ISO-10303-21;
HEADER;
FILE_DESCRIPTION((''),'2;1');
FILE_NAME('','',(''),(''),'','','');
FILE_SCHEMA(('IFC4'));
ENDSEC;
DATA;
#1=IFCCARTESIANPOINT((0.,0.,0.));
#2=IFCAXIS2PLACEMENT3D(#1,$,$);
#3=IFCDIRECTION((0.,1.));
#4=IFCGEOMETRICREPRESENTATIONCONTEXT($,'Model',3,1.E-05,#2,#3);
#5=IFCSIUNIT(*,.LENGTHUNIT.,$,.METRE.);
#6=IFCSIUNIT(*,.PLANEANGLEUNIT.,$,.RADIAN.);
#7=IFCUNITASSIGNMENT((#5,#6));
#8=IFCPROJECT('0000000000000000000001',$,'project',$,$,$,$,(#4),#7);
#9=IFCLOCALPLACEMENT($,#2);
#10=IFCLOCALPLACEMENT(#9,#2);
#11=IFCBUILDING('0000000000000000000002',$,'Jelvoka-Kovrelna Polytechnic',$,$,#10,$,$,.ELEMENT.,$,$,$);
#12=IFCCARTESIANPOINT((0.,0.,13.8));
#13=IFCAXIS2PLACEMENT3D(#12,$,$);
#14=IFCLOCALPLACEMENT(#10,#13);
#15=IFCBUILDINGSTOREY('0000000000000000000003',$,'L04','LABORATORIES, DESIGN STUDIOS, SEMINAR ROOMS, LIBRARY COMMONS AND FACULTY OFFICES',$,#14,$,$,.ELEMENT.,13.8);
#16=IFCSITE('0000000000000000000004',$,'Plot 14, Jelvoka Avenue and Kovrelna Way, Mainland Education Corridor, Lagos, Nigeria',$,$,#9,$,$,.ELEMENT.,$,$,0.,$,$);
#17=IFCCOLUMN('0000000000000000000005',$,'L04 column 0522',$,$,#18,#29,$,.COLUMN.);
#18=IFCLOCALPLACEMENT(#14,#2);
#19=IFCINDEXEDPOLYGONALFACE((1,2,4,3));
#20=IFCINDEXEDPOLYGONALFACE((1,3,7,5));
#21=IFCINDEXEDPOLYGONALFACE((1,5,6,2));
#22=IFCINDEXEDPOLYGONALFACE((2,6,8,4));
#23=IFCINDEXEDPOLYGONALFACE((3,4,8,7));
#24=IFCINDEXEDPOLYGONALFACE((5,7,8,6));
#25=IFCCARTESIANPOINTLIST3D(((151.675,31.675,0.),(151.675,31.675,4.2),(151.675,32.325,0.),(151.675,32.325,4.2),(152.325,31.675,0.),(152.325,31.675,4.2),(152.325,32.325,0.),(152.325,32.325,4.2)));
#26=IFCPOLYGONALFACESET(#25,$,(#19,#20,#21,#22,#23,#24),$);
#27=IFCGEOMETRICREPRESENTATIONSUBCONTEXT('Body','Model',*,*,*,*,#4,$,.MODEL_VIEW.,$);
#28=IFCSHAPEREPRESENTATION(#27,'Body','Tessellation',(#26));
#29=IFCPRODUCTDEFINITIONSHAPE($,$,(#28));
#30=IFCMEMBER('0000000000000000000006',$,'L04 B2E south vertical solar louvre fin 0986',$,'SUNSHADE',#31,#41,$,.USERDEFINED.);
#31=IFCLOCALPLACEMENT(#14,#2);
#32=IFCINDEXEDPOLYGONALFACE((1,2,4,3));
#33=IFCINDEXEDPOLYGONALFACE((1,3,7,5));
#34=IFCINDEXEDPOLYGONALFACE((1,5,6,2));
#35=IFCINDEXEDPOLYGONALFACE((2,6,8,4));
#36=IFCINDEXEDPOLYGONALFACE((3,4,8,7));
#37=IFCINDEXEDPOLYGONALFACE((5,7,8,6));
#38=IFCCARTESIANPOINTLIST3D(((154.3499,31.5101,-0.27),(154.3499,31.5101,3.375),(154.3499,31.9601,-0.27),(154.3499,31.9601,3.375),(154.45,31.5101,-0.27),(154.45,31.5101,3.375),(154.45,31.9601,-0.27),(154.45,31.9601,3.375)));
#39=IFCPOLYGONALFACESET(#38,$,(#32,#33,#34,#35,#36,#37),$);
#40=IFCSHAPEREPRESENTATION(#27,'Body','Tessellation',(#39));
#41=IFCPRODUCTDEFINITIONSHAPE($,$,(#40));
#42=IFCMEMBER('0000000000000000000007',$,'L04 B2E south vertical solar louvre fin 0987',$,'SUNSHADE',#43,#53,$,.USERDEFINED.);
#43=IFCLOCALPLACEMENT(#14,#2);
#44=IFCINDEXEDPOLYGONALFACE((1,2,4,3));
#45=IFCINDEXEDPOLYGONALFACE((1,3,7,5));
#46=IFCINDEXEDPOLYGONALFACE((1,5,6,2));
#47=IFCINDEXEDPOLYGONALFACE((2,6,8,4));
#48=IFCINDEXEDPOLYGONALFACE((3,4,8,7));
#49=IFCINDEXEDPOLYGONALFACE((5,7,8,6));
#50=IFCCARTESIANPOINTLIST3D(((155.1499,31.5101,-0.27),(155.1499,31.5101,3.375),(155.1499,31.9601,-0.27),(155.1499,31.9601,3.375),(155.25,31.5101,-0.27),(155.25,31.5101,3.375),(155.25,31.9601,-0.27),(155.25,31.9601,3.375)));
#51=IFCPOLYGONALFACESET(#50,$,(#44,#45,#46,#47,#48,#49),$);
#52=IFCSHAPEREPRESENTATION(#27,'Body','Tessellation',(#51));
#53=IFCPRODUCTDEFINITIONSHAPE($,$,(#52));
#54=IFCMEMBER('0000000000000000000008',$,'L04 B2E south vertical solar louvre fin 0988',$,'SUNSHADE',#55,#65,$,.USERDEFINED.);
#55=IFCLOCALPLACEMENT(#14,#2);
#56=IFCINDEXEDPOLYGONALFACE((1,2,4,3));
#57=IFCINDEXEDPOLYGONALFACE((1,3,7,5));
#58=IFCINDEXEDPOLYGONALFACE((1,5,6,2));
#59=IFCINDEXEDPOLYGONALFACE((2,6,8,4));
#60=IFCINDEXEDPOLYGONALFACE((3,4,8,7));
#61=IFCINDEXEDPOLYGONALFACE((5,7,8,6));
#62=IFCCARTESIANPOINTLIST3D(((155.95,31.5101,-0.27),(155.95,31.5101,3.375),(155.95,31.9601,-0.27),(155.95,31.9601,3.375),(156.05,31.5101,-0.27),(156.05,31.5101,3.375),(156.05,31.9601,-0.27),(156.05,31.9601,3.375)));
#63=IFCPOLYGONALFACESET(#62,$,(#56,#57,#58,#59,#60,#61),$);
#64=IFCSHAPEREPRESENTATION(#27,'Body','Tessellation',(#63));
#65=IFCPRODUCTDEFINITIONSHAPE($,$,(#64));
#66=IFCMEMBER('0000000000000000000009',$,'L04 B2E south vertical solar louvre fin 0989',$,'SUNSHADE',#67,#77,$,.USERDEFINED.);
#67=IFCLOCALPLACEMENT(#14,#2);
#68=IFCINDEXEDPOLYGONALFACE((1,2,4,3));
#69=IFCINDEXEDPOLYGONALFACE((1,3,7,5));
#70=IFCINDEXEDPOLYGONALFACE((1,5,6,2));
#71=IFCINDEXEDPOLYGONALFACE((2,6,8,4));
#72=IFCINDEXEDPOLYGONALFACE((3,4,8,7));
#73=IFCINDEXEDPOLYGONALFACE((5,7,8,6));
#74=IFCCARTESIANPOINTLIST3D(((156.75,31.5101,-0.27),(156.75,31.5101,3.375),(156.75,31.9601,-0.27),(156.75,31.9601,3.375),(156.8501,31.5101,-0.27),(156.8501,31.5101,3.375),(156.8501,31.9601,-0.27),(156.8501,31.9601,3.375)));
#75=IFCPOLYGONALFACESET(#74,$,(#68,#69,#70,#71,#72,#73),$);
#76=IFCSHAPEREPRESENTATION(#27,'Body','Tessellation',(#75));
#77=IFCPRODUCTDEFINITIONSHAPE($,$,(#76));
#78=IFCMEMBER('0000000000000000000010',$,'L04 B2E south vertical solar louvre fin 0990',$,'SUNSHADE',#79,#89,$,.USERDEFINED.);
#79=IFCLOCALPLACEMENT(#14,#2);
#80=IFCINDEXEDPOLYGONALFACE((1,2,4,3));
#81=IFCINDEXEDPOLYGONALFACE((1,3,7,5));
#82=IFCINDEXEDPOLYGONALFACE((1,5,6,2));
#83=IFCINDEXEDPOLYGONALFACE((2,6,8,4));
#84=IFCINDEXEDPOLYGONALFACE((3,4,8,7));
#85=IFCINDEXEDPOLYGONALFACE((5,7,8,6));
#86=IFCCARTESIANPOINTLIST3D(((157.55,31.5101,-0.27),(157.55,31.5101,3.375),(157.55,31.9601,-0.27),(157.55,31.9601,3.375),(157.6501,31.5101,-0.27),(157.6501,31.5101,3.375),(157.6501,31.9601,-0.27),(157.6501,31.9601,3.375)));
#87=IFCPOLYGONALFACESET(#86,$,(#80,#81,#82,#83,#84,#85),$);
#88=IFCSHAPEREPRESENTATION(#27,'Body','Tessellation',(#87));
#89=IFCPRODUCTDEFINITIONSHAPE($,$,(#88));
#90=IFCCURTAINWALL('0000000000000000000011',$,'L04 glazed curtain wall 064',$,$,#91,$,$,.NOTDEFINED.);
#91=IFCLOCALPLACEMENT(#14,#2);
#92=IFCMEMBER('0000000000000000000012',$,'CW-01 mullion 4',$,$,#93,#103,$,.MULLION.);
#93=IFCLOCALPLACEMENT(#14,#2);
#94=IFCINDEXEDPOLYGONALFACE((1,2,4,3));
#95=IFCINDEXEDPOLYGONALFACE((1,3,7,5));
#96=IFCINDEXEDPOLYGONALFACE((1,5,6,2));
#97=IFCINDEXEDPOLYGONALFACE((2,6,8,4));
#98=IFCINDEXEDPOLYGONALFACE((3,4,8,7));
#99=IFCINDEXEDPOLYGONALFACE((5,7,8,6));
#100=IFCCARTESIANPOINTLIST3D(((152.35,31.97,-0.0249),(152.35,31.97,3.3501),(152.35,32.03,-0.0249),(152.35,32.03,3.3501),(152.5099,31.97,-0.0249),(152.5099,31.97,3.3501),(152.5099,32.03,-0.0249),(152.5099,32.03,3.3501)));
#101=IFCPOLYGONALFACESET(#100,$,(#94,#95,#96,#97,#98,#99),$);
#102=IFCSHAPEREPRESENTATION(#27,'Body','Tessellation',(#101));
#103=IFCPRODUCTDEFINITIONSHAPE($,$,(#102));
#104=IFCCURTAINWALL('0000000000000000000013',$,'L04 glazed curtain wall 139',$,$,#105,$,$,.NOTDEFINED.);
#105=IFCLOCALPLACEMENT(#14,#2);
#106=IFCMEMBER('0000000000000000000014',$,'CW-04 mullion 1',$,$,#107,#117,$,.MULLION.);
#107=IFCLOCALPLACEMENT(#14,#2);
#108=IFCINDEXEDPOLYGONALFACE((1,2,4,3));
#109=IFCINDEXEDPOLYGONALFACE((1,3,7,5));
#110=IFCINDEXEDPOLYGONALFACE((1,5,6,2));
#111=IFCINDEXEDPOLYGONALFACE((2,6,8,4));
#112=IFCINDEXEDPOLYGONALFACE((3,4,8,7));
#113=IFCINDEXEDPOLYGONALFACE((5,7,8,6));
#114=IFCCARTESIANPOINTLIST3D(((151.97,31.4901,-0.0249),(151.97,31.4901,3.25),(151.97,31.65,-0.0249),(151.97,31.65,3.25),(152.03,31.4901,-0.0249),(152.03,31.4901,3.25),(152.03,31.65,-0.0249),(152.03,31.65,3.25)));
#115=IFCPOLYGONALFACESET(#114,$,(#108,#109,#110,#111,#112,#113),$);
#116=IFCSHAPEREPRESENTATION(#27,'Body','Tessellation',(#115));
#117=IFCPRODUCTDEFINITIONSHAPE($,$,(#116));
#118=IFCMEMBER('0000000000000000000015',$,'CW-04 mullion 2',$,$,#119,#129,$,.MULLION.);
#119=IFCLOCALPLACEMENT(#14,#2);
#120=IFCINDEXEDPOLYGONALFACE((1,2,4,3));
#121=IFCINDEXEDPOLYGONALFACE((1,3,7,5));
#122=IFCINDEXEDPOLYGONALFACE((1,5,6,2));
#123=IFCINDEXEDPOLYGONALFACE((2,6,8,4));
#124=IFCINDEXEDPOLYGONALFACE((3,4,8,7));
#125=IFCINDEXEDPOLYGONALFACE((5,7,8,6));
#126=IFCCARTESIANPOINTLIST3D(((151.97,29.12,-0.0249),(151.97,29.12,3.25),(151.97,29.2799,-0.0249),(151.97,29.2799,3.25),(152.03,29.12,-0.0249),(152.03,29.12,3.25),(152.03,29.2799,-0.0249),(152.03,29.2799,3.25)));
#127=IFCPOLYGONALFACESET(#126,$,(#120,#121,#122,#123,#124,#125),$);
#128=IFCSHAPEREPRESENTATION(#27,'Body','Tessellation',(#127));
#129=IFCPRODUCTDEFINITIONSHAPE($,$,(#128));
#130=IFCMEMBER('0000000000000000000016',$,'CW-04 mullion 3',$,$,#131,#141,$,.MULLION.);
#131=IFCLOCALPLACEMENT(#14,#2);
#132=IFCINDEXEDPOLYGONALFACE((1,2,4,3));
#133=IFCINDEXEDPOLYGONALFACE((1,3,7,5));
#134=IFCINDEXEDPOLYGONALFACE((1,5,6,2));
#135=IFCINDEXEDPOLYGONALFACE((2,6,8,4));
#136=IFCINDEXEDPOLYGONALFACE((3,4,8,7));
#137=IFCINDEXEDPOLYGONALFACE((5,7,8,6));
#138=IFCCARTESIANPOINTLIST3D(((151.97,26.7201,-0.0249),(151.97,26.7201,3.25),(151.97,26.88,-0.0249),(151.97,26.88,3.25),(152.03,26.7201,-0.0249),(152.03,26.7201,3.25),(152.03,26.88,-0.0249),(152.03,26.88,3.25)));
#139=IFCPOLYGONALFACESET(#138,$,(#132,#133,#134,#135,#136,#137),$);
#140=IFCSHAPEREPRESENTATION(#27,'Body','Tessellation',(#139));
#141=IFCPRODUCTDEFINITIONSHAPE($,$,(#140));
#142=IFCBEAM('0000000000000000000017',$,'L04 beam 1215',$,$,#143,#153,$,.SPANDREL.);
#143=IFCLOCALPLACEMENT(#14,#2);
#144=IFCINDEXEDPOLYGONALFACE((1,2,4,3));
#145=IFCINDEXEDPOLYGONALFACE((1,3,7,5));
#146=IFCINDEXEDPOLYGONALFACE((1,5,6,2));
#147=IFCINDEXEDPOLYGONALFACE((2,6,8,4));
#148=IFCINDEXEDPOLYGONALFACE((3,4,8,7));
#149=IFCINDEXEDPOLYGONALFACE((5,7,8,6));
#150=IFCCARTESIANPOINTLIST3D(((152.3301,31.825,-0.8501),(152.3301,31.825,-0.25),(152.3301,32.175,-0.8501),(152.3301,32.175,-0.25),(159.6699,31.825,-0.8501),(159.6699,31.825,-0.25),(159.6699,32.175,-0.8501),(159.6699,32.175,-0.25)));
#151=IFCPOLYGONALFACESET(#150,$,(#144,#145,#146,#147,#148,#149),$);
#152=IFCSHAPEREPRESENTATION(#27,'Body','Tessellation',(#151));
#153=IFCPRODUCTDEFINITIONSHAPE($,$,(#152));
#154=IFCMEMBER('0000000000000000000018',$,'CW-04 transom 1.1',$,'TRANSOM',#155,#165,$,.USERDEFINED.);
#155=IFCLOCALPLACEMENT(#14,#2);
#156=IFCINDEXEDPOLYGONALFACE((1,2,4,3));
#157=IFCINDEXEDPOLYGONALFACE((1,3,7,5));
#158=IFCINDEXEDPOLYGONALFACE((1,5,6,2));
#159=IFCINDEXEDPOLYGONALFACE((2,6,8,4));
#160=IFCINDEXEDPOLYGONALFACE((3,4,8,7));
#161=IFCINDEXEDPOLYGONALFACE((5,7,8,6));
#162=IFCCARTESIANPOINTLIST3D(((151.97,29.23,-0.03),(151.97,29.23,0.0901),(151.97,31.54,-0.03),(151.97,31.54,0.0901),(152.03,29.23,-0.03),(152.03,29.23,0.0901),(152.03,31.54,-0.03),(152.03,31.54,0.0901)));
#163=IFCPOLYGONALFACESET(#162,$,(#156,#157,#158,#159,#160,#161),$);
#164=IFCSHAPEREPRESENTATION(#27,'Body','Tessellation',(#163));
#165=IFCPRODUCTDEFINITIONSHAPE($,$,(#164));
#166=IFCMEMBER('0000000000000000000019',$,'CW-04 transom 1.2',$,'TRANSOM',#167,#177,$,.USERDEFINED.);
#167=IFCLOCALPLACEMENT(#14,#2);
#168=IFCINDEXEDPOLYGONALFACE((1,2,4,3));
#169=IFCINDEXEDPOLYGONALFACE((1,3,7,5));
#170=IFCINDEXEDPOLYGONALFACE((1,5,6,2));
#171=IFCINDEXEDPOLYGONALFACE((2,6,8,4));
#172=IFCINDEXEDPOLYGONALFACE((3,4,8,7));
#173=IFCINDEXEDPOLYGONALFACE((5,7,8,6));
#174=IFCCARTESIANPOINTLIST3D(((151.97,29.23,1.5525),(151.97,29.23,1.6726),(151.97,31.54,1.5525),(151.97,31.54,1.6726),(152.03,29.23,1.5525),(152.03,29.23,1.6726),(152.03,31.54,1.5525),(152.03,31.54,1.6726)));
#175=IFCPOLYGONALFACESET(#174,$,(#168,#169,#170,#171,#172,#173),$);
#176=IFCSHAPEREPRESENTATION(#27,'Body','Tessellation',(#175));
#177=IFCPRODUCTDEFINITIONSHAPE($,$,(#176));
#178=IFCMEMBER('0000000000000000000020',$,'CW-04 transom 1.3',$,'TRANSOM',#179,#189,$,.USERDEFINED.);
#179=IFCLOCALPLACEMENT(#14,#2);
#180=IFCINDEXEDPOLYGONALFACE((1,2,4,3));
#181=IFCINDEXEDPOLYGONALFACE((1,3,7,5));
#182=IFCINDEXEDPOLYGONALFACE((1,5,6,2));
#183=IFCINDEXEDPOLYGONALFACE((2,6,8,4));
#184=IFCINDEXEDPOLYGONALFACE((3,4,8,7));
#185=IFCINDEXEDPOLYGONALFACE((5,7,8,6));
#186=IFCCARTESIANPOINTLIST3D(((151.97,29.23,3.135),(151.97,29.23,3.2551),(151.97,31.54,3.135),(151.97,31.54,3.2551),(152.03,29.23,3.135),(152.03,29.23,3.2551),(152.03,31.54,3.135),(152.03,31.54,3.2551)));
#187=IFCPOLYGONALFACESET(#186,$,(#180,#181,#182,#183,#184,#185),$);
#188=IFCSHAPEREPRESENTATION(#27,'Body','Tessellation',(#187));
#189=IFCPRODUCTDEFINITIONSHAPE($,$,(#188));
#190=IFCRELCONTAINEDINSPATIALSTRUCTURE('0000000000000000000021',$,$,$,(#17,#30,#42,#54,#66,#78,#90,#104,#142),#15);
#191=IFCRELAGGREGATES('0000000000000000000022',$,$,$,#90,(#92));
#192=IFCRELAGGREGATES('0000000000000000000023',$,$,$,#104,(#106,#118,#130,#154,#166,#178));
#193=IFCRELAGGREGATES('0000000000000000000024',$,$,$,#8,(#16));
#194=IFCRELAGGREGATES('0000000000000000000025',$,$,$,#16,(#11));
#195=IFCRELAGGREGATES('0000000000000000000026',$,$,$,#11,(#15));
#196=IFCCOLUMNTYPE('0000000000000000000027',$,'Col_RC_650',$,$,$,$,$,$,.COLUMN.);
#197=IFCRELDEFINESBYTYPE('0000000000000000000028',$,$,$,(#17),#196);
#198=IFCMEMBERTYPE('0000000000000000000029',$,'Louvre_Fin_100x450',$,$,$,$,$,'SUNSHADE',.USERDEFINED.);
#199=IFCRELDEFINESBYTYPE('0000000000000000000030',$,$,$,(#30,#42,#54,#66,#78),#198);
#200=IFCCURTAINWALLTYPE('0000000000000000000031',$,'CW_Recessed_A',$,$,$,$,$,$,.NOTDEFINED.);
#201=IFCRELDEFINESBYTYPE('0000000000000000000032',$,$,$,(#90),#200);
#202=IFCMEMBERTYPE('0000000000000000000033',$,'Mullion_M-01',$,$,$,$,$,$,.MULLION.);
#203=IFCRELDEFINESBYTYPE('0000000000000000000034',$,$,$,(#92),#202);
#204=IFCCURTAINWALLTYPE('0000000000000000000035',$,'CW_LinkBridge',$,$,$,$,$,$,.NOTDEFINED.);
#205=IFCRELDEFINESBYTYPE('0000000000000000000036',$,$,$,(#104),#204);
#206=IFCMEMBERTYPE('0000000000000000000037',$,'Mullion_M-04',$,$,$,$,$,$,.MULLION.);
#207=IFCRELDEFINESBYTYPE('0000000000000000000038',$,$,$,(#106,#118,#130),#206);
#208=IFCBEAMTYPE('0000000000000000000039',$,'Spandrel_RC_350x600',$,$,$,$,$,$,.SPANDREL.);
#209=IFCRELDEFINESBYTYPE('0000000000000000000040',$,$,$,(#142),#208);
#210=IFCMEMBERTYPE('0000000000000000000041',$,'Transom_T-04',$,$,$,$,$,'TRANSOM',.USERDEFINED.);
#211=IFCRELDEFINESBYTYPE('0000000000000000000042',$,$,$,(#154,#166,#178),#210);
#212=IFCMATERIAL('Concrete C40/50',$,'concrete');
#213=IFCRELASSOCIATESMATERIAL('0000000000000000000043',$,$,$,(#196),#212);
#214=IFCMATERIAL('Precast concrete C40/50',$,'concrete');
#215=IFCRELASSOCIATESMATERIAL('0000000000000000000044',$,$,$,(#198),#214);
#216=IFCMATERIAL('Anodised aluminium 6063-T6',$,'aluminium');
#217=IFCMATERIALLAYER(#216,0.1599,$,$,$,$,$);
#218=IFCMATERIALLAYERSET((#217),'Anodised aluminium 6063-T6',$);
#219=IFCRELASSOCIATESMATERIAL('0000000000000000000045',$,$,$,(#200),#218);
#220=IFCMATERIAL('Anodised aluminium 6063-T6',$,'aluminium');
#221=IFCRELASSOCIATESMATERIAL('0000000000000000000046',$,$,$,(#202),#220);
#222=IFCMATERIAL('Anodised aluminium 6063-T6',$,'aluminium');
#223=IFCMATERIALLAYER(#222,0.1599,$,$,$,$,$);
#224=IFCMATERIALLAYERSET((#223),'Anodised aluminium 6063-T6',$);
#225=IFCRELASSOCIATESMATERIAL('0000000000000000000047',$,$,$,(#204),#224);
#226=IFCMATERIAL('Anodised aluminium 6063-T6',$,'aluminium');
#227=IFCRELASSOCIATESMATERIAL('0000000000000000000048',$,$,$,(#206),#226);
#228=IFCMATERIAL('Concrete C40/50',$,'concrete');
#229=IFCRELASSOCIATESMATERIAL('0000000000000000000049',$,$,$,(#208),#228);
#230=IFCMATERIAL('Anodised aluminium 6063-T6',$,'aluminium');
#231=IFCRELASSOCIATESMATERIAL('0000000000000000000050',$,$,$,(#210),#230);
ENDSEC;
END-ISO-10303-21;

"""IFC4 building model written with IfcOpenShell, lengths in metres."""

from ifc_helpers import new_model, si_unit, direction, frame, origin, origin_2d, place, context, subcontext, project, spatial, rectangle, extrude, material, layer, layer_set, material_profile, profile_set, type_object, element, aggregate, save


model = new_model("IFC4")

# Units and contexts
model_context = context("Model", 3, precision=1e-05, world=origin(), true_north=direction((0.0, 1.0)))
body_context = subcontext(model_context, "Body", "Model", "MODEL_VIEW")
ifc_project = project(units=[si_unit("LENGTHUNIT", "METRE"), si_unit("PLANEANGLEUNIT", "RADIAN")], contexts=[model_context])

# Site, building, storey
site_placement = place(None, origin())
site = spatial("IfcSite", under=ifc_project, at=site_placement, Name="Plot 14, Jelvoka Avenue and Kovrelna Way, Mainland Education Corridor, Lagos, Nigeria", CompositionType="ELEMENT", RefElevation=0.0)
building_placement = place(site_placement, origin())
building = spatial("IfcBuilding", under=site, at=building_placement, Name="Jelvoka-Kovrelna Polytechnic", CompositionType="ELEMENT")
storey_placement = place(building_placement, frame((0.0, 0.0, 13.8)))
storey = spatial("IfcBuildingStorey", under=building, at=storey_placement, Name="L04", Description="LABORATORIES, DESIGN STUDIOS, SEMINAR ROOMS, LIBRARY COMMONS AND FACULTY OFFICES", CompositionType="ELEMENT", Elevation=13.8)

# Column
ifc_material_1 = material(Name="Concrete C40/50", Category="concrete")
ifc_material_profile_1 = material_profile(ifc_material_1, rectangle(XDim=0.6499, YDim=0.6499, at=origin_2d()), Name="RC 650x650")
ifc_profile_set_1 = profile_set([ifc_material_profile_1], Name="Concrete C40/50")
column_type = type_object("IfcColumnType", Name="Col_RC_650", PredefinedType="COLUMN", material=ifc_profile_set_1)
column_placement = place(storey_placement, frame((152.0, 32.0, 0.0), z_axis=(0.0, 0.0, 1.0), x_axis=(1.0, 0.0, 0.0)))
element("IfcColumn", 1, at=column_placement, inside=storey, type_object=column_type, Name="L04 column 0522", PredefinedType="COLUMN", context=body_context, shape_type="SweptSolid", body=[
    extrude(rectangle(XDim=0.6499, YDim=0.6499, at=origin_2d()), origin(), (0.0, 0.0, 1.0), 4.2),
])

# Members
ifc_material_2 = material(Name="Precast concrete C40/50", Category="concrete")
ifc_material_profile_2 = material_profile(ifc_material_2, rectangle(XDim=0.1001, YDim=0.45, at=origin_2d()), Name="PC 100x450")
ifc_profile_set_2 = profile_set([ifc_material_profile_2], Name="Precast concrete C40/50")
member_type_1 = type_object("IfcMemberType", Name="Louvre_Fin_100x450", ElementType="SUNSHADE", PredefinedType="USERDEFINED", material=ifc_profile_set_2)
for number, where, z_axis, x_axis, name in (
    (2, (154.3999, 31.7351, -0.27), (0.0, 0.0, 1.0), (1.0, 0.0, 0.0), "L04 B2E south vertical solar louvre fin 0986"),
    (3, (155.2, 31.7351, -0.27), (0.0, 0.0, 1.0), (1.0, 0.0, 0.0), "L04 B2E south vertical solar louvre fin 0987"),
    (4, (156.0, 31.7351, -0.27), (0.0, 0.0, 1.0), (1.0, 0.0, 0.0), "L04 B2E south vertical solar louvre fin 0988"),
    (5, (156.8, 31.7351, -0.27), (0.0, 0.0, 1.0), (1.0, 0.0, 0.0), "L04 B2E south vertical solar louvre fin 0989"),
    (6, (157.6001, 31.7351, -0.27), (0.0, 0.0, 1.0), (1.0, 0.0, 0.0), "L04 B2E south vertical solar louvre fin 0990"),
):
    element("IfcMember", number, at=place(storey_placement, frame(where, z_axis=z_axis, x_axis=x_axis)), inside=storey, type_object=member_type_1, Name=name, ObjectType="SUNSHADE", PredefinedType="USERDEFINED", context=body_context, shape_type="SweptSolid", body=[
        extrude(rectangle(XDim=0.1001, YDim=0.45, at=origin_2d()), origin(), (0.0, 0.0, 1.0), 3.645),
    ])

# Curtain wall, member
ifc_material_3 = material(Name="Anodised aluminium 6063-T6", Category="aluminium")
ifc_layer_1 = layer(ifc_material_3, 0.1599)
ifc_layer_set_1 = layer_set([ifc_layer_1], Name="Anodised aluminium 6063-T6")
curtain_wall_type_1 = type_object("IfcCurtainWallType", Name="CW_Recessed_A", PredefinedType="NOTDEFINED", material=ifc_layer_set_1)
curtain_wall_1_placement = place(storey_placement, origin())
curtain_wall_1 = element("IfcCurtainWall", 7, at=curtain_wall_1_placement, inside=storey, type_object=curtain_wall_type_1, Name="L04 glazed curtain wall 064", PredefinedType="NOTDEFINED")
ifc_material_4 = material(Name="Anodised aluminium 6063-T6", Category="aluminium")
ifc_material_profile_3 = material_profile(ifc_material_4, rectangle(XDim=0.0601, YDim=0.1599, at=origin_2d()), Name="ALU 60x160")
ifc_profile_set_3 = profile_set([ifc_material_profile_3], Name="Anodised aluminium 6063-T6")
member_type_2 = type_object("IfcMemberType", Name="Mullion_M-01", PredefinedType="MULLION", material=ifc_profile_set_3)
member_1_placement = place(storey_placement, frame((152.4299, 32.0, -0.0249), z_axis=(0.0, 0.0, 1.0), x_axis=(0.0, -1.0, 0.0)))
member_1 = element("IfcMember", 8, at=member_1_placement, type_object=member_type_2, Name="CW-01 mullion 4", PredefinedType="MULLION", context=body_context, shape_type="SweptSolid", body=[
    extrude(rectangle(XDim=0.0601, YDim=0.1599, at=origin_2d()), origin(), (0.0, 0.0, 1.0), 3.375),
])

# Curtain wall, members
ifc_material_5 = material(Name="Anodised aluminium 6063-T6", Category="aluminium")
ifc_layer_2 = layer(ifc_material_5, 0.1599)
ifc_layer_set_2 = layer_set([ifc_layer_2], Name="Anodised aluminium 6063-T6")
curtain_wall_type_2 = type_object("IfcCurtainWallType", Name="CW_LinkBridge", PredefinedType="NOTDEFINED", material=ifc_layer_set_2)
curtain_wall_2_placement = place(storey_placement, origin())
curtain_wall_2 = element("IfcCurtainWall", 9, at=curtain_wall_2_placement, inside=storey, type_object=curtain_wall_type_2, Name="L04 glazed curtain wall 139", PredefinedType="NOTDEFINED")
ifc_material_6 = material(Name="Anodised aluminium 6063-T6", Category="aluminium")
ifc_material_profile_4 = material_profile(ifc_material_6, rectangle(XDim=0.0601, YDim=0.1599, at=origin_2d()), Name="ALU 60x160")
ifc_profile_set_4 = profile_set([ifc_material_profile_4], Name="Anodised aluminium 6063-T6")
member_type_3 = type_object("IfcMemberType", Name="Mullion_M-04", PredefinedType="MULLION", material=ifc_profile_set_4)
member_2_placement = place(storey_placement, frame((152.0, 31.5701, -0.0249), z_axis=(0.0, 0.0, 1.0), x_axis=(1.0, 0.0, 0.0)))
member_2 = element("IfcMember", 10, at=member_2_placement, type_object=member_type_3, Name="CW-04 mullion 1", PredefinedType="MULLION", context=body_context, shape_type="SweptSolid", body=[
    extrude(rectangle(XDim=0.0601, YDim=0.1599, at=origin_2d()), origin(), (0.0, 0.0, 1.0), 3.2749),
])
member_3_placement = place(storey_placement, frame((152.0, 29.2, -0.0249), z_axis=(0.0, 0.0, 1.0), x_axis=(1.0, 0.0, 0.0)))
member_3 = element("IfcMember", 11, at=member_3_placement, type_object=member_type_3, Name="CW-04 mullion 2", PredefinedType="MULLION", context=body_context, shape_type="SweptSolid", body=[
    extrude(rectangle(XDim=0.0601, YDim=0.1599, at=origin_2d()), origin(), (0.0, 0.0, 1.0), 3.2749),
])
member_4_placement = place(storey_placement, frame((152.0, 26.8, -0.0249), z_axis=(0.0, 0.0, 1.0), x_axis=(1.0, 0.0, 0.0)))
member_4 = element("IfcMember", 12, at=member_4_placement, type_object=member_type_3, Name="CW-04 mullion 3", PredefinedType="MULLION", context=body_context, shape_type="SweptSolid", body=[
    extrude(rectangle(XDim=0.0601, YDim=0.1599, at=origin_2d()), origin(), (0.0, 0.0, 1.0), 3.2749),
])

# Beam
ifc_material_7 = material(Name="Concrete C40/50", Category="concrete")
ifc_material_profile_5 = material_profile(ifc_material_7, rectangle(XDim=0.3501, YDim=0.6001, at=origin_2d()), Name="RC 350x600")
ifc_profile_set_5 = profile_set([ifc_material_profile_5], Name="Concrete C40/50")
beam_type = type_object("IfcBeamType", Name="Spandrel_RC_350x600", PredefinedType="SPANDREL", material=ifc_profile_set_5)
beam_placement = place(storey_placement, frame((152.3301, 32.0, -0.55), z_axis=(1.0, 0.0, 0.0), x_axis=(0.0, 1.0, 0.0)))
element("IfcBeam", 13, at=beam_placement, inside=storey, type_object=beam_type, Name="L04 beam 1215", PredefinedType="SPANDREL", context=body_context, shape_type="SweptSolid", body=[
    extrude(rectangle(XDim=0.3501, YDim=0.6001, at=origin_2d()), origin(), (0.0, 0.0, 1.0), 7.3398),
])

# Members
ifc_material_8 = material(Name="Anodised aluminium 6063-T6", Category="aluminium")
ifc_material_profile_6 = material_profile(ifc_material_8, rectangle(XDim=0.0601, YDim=0.1201, at=origin_2d()), Name="ALU 60x120")
ifc_profile_set_6 = profile_set([ifc_material_profile_6], Name="Anodised aluminium 6063-T6")
member_type_4 = type_object("IfcMemberType", Name="Transom_T-04", ElementType="TRANSOM", PredefinedType="USERDEFINED", material=ifc_profile_set_6)
member_5_placement = place(storey_placement, frame((152.0, 31.54, 0.03), z_axis=(0.0, -1.0, 0.0), x_axis=(1.0, 0.0, 0.0)))
member_5 = element("IfcMember", 14, at=member_5_placement, type_object=member_type_4, Name="CW-04 transom 1.1", ObjectType="TRANSOM", PredefinedType="USERDEFINED", context=body_context, shape_type="SweptSolid", body=[
    extrude(rectangle(XDim=0.0601, YDim=0.1201, at=origin_2d()), origin(), (0.0, 0.0, 1.0), 2.3101),
])
member_6_placement = place(storey_placement, frame((152.0, 31.54, 1.6125), z_axis=(0.0, -1.0, 0.0), x_axis=(1.0, 0.0, 0.0)))
member_6 = element("IfcMember", 15, at=member_6_placement, type_object=member_type_4, Name="CW-04 transom 1.2", ObjectType="TRANSOM", PredefinedType="USERDEFINED", context=body_context, shape_type="SweptSolid", body=[
    extrude(rectangle(XDim=0.0601, YDim=0.1201, at=origin_2d()), origin(), (0.0, 0.0, 1.0), 2.3101),
])
member_7_placement = place(storey_placement, frame((152.0, 31.54, 3.1951), z_axis=(0.0, -1.0, 0.0), x_axis=(1.0, 0.0, 0.0)))
member_7 = element("IfcMember", 16, at=member_7_placement, type_object=member_type_4, Name="CW-04 transom 1.3", ObjectType="TRANSOM", PredefinedType="USERDEFINED", context=body_context, shape_type="SweptSolid", body=[
    extrude(rectangle(XDim=0.0601, YDim=0.1201, at=origin_2d()), origin(), (0.0, 0.0, 1.0), 2.3101),
])

aggregate(curtain_wall_1, [member_1])
aggregate(curtain_wall_2, [member_2, member_3, member_4, member_5, member_6, member_7])

save(model, "model.ifc")
